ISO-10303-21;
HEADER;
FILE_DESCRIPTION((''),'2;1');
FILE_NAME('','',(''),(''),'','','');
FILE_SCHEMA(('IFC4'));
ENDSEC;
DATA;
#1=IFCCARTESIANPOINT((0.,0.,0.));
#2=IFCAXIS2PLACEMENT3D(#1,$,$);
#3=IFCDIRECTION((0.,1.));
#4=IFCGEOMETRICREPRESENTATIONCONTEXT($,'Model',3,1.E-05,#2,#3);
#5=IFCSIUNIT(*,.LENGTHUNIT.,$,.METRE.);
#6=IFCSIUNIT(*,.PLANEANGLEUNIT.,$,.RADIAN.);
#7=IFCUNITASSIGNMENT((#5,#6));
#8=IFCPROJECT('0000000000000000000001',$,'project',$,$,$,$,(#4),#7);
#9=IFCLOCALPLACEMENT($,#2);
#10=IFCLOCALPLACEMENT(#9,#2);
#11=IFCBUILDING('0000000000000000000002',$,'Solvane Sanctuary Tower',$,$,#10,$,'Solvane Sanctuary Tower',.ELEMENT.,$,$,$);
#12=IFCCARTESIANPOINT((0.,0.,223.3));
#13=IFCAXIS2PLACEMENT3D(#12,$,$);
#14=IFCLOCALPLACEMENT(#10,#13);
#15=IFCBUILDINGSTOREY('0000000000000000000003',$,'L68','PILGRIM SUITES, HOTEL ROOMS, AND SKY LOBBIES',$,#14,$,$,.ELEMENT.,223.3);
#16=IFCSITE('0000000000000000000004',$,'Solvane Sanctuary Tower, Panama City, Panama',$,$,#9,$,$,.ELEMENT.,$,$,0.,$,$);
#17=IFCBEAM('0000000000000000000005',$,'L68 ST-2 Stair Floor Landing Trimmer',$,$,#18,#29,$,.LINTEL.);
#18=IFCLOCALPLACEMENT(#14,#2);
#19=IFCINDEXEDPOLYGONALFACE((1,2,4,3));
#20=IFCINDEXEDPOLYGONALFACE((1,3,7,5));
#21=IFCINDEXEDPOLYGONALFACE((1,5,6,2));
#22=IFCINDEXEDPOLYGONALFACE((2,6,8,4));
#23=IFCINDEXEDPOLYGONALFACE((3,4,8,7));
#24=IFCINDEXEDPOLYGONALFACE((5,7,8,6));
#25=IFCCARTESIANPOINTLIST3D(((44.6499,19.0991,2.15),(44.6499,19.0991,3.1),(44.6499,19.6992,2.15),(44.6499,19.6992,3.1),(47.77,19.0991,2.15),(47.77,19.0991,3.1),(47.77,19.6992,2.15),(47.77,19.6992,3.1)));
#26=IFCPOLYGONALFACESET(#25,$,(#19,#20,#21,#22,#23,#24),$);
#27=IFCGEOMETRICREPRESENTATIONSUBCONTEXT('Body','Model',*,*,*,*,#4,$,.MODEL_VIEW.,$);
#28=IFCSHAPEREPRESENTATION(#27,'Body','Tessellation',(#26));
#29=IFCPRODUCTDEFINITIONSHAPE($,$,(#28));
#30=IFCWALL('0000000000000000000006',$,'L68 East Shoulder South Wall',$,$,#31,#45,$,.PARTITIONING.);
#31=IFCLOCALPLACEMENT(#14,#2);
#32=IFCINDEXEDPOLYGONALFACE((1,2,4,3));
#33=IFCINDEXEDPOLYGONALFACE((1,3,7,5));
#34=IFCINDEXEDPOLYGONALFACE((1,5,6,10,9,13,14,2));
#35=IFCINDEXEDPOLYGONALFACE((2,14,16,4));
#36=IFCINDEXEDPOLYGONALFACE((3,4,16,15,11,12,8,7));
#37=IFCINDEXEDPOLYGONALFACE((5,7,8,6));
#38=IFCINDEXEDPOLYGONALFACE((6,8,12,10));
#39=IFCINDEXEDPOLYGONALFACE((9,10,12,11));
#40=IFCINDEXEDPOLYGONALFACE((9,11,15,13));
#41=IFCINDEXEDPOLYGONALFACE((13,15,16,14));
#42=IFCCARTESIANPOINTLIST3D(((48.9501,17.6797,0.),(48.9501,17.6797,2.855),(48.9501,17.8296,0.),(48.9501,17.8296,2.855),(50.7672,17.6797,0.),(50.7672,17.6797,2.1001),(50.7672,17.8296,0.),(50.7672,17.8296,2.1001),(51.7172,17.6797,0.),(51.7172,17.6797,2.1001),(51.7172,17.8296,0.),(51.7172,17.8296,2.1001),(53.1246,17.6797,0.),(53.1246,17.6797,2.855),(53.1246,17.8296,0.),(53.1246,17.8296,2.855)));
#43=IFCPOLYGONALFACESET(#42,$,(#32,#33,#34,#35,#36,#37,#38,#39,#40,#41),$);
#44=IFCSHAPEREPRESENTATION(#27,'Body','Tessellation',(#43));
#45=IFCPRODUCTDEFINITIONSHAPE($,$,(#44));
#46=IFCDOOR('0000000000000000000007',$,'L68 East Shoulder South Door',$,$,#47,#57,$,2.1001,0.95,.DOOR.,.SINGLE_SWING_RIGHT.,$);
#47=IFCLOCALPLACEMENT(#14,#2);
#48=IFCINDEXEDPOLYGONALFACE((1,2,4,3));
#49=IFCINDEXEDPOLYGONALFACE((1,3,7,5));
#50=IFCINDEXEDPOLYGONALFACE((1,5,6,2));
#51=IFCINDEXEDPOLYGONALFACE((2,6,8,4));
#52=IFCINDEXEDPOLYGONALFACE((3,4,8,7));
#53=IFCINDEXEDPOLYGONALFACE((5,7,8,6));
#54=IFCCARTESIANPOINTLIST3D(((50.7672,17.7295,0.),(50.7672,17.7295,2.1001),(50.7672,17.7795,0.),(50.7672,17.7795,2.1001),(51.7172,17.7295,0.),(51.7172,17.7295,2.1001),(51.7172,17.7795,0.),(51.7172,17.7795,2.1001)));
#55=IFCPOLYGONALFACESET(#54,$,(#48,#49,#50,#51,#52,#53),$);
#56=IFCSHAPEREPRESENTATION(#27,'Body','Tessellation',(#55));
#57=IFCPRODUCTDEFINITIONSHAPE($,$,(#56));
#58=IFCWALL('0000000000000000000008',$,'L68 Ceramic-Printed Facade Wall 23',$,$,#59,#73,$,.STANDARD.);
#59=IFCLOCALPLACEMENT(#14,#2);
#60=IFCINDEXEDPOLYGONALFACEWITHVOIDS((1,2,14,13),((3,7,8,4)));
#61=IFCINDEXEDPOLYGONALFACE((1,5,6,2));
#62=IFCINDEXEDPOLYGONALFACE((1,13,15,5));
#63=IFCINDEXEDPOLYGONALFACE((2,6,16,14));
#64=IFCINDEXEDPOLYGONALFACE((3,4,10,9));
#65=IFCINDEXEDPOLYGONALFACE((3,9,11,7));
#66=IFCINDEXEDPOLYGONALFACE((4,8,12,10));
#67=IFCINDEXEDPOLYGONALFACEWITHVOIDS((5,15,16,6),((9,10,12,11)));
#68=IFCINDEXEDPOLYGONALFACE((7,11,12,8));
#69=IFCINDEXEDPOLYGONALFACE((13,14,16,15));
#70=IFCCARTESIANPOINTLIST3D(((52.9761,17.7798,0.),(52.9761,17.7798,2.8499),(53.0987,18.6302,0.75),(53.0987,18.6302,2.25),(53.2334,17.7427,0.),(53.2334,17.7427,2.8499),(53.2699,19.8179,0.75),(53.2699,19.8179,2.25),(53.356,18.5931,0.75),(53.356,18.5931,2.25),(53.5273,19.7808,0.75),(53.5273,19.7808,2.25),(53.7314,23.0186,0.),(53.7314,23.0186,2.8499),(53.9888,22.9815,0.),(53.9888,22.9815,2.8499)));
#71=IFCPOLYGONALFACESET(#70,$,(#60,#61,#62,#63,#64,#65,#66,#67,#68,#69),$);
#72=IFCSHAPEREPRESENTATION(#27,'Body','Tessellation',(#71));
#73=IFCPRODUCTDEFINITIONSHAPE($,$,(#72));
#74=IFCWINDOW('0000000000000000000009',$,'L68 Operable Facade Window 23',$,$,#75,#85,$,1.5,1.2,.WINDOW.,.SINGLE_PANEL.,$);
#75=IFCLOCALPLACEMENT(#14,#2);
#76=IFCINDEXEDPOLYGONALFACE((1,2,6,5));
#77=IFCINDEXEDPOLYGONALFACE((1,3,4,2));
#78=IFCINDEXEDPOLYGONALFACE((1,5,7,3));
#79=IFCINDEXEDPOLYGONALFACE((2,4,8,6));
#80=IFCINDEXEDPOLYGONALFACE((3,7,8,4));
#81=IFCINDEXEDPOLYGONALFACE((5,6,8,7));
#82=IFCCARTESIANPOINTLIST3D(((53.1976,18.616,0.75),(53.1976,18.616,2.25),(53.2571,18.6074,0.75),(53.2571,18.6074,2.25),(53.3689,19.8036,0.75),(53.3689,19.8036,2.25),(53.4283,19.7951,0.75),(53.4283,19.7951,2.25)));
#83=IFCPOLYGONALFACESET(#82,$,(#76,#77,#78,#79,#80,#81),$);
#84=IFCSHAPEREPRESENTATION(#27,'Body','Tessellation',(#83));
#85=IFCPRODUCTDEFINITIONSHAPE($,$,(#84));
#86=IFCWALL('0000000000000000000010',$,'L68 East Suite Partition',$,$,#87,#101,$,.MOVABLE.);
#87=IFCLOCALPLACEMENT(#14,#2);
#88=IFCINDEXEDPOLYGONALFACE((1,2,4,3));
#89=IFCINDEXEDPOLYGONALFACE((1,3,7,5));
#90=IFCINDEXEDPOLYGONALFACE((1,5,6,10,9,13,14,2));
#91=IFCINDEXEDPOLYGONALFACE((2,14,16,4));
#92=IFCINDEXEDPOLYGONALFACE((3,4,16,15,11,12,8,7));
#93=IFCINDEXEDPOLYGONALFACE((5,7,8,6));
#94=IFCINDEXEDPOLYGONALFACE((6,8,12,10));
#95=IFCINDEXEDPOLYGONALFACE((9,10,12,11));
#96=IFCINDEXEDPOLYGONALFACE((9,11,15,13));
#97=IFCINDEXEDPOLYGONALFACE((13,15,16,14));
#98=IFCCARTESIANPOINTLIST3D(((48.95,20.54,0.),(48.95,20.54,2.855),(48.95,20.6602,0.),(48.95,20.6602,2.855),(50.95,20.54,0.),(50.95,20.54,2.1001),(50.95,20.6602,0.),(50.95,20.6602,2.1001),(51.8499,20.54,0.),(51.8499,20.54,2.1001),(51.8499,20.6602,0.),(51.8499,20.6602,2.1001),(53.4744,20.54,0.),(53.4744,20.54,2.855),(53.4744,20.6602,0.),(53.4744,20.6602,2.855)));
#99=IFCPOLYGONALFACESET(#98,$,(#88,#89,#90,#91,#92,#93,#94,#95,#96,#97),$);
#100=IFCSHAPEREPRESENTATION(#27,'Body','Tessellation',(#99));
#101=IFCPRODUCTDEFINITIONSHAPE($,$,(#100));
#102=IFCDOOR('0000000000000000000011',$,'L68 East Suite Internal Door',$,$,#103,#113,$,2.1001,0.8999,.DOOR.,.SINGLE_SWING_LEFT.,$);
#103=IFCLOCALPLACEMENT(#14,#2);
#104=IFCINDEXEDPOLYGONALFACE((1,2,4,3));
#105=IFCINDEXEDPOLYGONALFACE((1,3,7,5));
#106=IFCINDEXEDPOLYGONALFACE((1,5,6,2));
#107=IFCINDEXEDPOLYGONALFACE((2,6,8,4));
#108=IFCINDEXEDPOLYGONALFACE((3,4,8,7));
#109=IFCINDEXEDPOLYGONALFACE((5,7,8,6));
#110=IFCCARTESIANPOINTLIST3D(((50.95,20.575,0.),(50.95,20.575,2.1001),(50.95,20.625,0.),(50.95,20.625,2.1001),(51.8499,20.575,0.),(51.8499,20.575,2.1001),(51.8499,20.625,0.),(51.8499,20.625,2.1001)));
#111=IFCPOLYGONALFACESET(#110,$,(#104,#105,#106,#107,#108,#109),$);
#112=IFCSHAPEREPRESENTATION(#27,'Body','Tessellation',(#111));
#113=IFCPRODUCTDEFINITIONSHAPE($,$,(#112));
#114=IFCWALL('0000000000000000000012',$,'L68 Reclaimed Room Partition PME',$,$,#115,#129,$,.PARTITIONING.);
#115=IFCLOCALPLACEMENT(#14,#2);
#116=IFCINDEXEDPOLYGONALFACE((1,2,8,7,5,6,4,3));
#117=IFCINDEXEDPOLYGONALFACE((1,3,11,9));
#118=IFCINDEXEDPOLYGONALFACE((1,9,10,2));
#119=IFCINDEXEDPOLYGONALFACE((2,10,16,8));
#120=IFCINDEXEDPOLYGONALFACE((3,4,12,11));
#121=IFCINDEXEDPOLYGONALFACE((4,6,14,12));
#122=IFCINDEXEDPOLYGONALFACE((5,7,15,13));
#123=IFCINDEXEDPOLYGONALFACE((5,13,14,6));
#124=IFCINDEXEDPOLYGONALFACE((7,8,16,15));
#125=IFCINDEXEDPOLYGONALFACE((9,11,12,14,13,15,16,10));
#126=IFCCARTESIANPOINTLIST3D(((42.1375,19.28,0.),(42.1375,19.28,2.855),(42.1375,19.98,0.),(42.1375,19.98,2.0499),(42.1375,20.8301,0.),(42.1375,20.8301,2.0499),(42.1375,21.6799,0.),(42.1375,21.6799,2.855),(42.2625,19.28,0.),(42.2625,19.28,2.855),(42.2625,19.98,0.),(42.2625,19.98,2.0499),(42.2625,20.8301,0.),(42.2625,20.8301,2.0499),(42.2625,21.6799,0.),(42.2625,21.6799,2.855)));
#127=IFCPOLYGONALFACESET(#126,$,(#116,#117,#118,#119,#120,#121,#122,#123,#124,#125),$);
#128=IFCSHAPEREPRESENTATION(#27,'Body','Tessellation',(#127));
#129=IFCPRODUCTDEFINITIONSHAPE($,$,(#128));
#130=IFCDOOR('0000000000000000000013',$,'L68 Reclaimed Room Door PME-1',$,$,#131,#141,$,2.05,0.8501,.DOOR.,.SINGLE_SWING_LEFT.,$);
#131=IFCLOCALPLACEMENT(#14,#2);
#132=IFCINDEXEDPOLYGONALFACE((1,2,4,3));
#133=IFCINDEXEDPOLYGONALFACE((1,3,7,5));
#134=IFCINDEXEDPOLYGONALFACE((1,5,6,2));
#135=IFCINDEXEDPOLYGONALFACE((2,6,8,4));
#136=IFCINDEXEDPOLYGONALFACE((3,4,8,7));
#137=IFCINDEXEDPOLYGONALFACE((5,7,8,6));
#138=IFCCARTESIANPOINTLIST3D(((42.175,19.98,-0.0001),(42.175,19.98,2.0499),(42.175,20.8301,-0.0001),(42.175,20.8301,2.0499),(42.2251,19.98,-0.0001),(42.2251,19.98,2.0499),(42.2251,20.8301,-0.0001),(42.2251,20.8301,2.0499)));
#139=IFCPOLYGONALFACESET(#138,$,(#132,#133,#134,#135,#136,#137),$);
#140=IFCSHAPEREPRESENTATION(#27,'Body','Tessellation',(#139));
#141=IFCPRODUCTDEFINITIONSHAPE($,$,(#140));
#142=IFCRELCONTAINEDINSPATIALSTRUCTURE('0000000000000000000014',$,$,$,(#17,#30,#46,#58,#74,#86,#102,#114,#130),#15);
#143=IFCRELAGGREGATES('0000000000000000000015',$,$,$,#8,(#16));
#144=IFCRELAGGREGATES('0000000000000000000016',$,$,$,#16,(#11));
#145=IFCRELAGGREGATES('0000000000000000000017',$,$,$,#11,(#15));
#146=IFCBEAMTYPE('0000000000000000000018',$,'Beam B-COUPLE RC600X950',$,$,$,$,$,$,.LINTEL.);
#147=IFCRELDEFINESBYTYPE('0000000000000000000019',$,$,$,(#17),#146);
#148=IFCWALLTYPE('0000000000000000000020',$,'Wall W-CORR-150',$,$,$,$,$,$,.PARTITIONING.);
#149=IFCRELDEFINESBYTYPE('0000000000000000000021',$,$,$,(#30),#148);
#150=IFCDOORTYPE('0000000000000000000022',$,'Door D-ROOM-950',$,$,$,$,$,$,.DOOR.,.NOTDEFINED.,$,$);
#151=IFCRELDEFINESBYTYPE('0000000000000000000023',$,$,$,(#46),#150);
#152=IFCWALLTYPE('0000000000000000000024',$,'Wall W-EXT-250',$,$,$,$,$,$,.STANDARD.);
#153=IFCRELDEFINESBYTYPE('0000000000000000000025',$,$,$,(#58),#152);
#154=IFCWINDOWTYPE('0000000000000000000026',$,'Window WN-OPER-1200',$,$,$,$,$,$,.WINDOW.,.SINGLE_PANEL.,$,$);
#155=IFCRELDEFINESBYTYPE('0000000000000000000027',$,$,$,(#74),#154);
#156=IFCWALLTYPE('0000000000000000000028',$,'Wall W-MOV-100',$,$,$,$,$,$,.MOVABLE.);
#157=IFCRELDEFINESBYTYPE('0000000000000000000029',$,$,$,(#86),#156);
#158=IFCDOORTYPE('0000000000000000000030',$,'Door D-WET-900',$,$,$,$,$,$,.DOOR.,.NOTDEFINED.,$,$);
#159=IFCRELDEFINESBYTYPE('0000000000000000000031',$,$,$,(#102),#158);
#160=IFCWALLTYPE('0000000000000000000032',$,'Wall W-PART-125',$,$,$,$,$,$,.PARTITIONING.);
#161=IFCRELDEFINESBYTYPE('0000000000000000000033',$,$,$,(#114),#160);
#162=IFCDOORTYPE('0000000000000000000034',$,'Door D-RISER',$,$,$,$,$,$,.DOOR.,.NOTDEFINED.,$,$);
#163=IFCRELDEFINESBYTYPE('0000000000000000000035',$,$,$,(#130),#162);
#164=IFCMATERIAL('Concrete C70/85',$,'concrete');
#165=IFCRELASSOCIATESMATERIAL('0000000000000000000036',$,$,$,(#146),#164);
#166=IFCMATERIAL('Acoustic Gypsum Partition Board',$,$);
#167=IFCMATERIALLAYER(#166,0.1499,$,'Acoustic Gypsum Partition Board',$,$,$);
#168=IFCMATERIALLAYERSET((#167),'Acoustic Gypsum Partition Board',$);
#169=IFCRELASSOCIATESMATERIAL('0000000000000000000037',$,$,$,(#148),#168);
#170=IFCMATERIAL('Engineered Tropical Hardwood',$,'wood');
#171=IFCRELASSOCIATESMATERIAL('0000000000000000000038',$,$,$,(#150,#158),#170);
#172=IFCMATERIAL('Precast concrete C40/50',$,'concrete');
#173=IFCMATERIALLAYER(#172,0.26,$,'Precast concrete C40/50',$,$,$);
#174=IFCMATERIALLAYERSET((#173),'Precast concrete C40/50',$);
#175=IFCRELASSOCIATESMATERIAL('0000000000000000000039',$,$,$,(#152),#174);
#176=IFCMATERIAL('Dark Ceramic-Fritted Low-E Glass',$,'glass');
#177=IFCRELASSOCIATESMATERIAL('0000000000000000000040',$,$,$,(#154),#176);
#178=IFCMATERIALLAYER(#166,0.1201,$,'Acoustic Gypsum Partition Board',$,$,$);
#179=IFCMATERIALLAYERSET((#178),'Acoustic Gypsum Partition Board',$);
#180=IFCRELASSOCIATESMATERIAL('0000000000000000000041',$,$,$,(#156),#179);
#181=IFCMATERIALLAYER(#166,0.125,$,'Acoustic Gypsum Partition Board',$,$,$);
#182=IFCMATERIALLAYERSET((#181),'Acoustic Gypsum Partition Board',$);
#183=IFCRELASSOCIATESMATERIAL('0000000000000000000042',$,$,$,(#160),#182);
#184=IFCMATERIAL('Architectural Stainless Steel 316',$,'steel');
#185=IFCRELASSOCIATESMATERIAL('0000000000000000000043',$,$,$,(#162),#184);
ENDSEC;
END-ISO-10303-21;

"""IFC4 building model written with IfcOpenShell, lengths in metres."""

from ifc_helpers import new_model, si_unit, direction, frame, frame_2d, origin, origin_2d, place, context, subcontext, project, spatial, rectangle, extrude, material, layer, layer_set, material_profile, profile_set, type_object, element, fill, save


model = new_model("IFC4")

# Units and contexts
model_context = context("Model", 3, precision=1e-05, world=origin(), true_north=direction((0.0, 1.0)))
body_context = subcontext(model_context, "Body", "Model", "MODEL_VIEW")
ifc_project = project(units=[si_unit("LENGTHUNIT", "METRE"), si_unit("PLANEANGLEUNIT", "RADIAN")], contexts=[model_context])

# Site, building, storey
site_placement = place(None, origin())
site = spatial("IfcSite", under=ifc_project, at=site_placement, Name="Solvane Sanctuary Tower, Panama City, Panama", CompositionType="ELEMENT", RefElevation=0.0)
building_placement = place(site_placement, origin())
building = spatial("IfcBuilding", under=site, at=building_placement, Name="Solvane Sanctuary Tower", LongName="Solvane Sanctuary Tower", CompositionType="ELEMENT")
storey_placement = place(building_placement, frame((0.0, 0.0, 223.3)))
storey = spatial("IfcBuildingStorey", under=building, at=storey_placement, Name="L68", Description="PILGRIM SUITES, HOTEL ROOMS, AND SKY LOBBIES", CompositionType="ELEMENT", Elevation=223.3)

# Beam
ifc_material_1 = material(Name="Concrete C70/85", Category="concrete")
ifc_material_profile = material_profile(ifc_material_1, rectangle(XDim=0.6001, YDim=0.95, at=origin_2d()), Name="RC600X950")
ifc_profile_set = profile_set([ifc_material_profile], Name="Concrete C70/85")
beam_type = type_object("IfcBeamType", Name="Beam B-COUPLE RC600X950", PredefinedType="LINTEL", material=ifc_profile_set)
beam_placement = place(storey_placement, frame((44.6499, 19.3992, 2.625), z_axis=(1.0, 0.0, 0.0), x_axis=(0.0, 1.0, 0.0)))
element("IfcBeam", 1, at=beam_placement, inside=storey, type_object=beam_type, Name="L68 ST-2 Stair Floor Landing Trimmer", PredefinedType="LINTEL", context=body_context, shape_type="SweptSolid", body=[
    extrude(rectangle(XDim=0.6001, YDim=0.95, at=origin_2d()), origin(), (0.0, 0.0, 1.0), 3.1201),
])

# Wall, opening, door
ifc_material_2 = material(Name="Acoustic Gypsum Partition Board")
ifc_layer_1 = layer(ifc_material_2, 0.1499, Name="Acoustic Gypsum Partition Board")
ifc_layer_set_1 = layer_set([ifc_layer_1], Name="Acoustic Gypsum Partition Board")
wall_type_1 = type_object("IfcWallType", Name="Wall W-CORR-150", PredefinedType="PARTITIONING", material=ifc_layer_set_1)
wall_1_placement = place(storey_placement, frame((48.95, 17.7546, 0.0), z_axis=(0.0, 0.0, 1.0), x_axis=(1.0, 0.0, 0.0)))
wall_1 = element("IfcWall", 2, at=wall_1_placement, inside=storey, type_object=wall_type_1, Name="L68 East Shoulder South Wall", PredefinedType="PARTITIONING", context=body_context, shape_type="SweptSolid", body=[
    extrude(rectangle(XDim=4.1746, YDim=0.1499, at=frame_2d((2.0874, 0.0))), origin(), (0.0, 0.0, 1.0), 2.855),
])
opening_1_placement = place(wall_1_placement, frame((1.8171, 0.0, 0.0)))
opening_1 = element("IfcOpeningElement", 3, at=opening_1_placement, cuts=wall_1, PredefinedType="OPENING", context=body_context, shape_type="SweptSolid", body=[
    extrude(rectangle(XDim=0.95, YDim=2.1001, at=frame_2d((0.4751, 1.05))), frame((0.0, 0.085, 0.0), z_axis=(0.0, -1.0, 0.0), x_axis=(1.0, 0.0, 0.0)), (0.0, 0.0, 1.0), 0.1699),
])
ifc_material_3 = material(Name="Engineered Tropical Hardwood", Category="wood")
door_type_1 = type_object("IfcDoorType", Name="Door D-ROOM-950", OperationType="NOTDEFINED", PredefinedType="DOOR", material=ifc_material_3)
door_1_placement = place(opening_1_placement, origin())
door_1 = element("IfcDoor", 4, at=door_1_placement, inside=storey, type_object=door_type_1, Name="L68 East Shoulder South Door", OperationType="SINGLE_SWING_RIGHT", OverallHeight=2.1001, OverallWidth=0.95, PredefinedType="DOOR", context=body_context, shape_type="SweptSolid", body=[
    extrude(rectangle(XDim=0.95, YDim=2.1001, at=frame_2d((0.4751, 1.05))), frame((0.0, 0.0249, 0.0), z_axis=(0.0, -1.0, 0.0), x_axis=(1.0, 0.0, 0.0)), (0.0, 0.0, 1.0), 0.05),
])
fill(opening_1, door_1)

# Wall, opening, window
ifc_material_4 = material(Name="Precast concrete C40/50", Category="concrete")
ifc_layer_2 = layer(ifc_material_4, 0.26, Name="Precast concrete C40/50")
ifc_layer_set_2 = layer_set([ifc_layer_2], Name="Precast concrete C40/50")
wall_type_2 = type_object("IfcWallType", Name="Wall W-EXT-250", PredefinedType="STANDARD", material=ifc_layer_set_2)
wall_2_placement = place(storey_placement, frame((53.1047, 17.7612, 0.0), z_axis=(0.0, 0.0, 1.0), x_axis=(0.142713, 0.989764, 0.0)))
wall_2 = element("IfcWall", 5, at=wall_2_placement, inside=storey, type_object=wall_type_2, Name="L68 Ceramic-Printed Facade Wall 23", PredefinedType="STANDARD", context=body_context, shape_type="SweptSolid", body=[
    extrude(rectangle(XDim=5.293, YDim=0.26, at=frame_2d((2.6465, 0.0))), origin(), (0.0, 0.0, 1.0), 2.8499),
])
opening_2_placement = place(wall_2_placement, frame((0.8591, 0.0, 0.75)))
opening_2 = element("IfcOpeningElement", 6, at=opening_2_placement, cuts=wall_2, PredefinedType="OPENING", context=body_context, shape_type="SweptSolid", body=[
    extrude(rectangle(XDim=1.2, YDim=1.5, at=frame_2d((0.6001, 0.75))), frame((0.0, 0.1399, 0.0), z_axis=(0.0, -1.0, 0.0), x_axis=(1.0, 0.0, 0.0)), (0.0, 0.0, 1.0), 0.28),
])
ifc_material_5 = material(Name="Dark Ceramic-Fritted Low-E Glass", Category="glass")
window_type = type_object("IfcWindowType", Name="Window WN-OPER-1200", PartitioningType="SINGLE_PANEL", PredefinedType="WINDOW", material=ifc_material_5)
window_placement = place(opening_2_placement, origin())
window = element("IfcWindow", 7, at=window_placement, inside=storey, type_object=window_type, Name="L68 Operable Facade Window 23", OverallHeight=1.5, OverallWidth=1.2, PartitioningType="SINGLE_PANEL", PredefinedType="WINDOW", context=body_context, shape_type="SweptSolid", body=[
    extrude(rectangle(XDim=1.2, YDim=1.5, at=frame_2d((0.6001, 0.75))), frame((0.0, 0.03, 0.0), z_axis=(0.0, -1.0, 0.0), x_axis=(1.0, 0.0, 0.0)), (0.0, 0.0, 1.0), 0.0601),
])
fill(opening_2, window)

# Walls, openings, doors
ifc_layer_3 = layer(ifc_material_2, 0.1201, Name="Acoustic Gypsum Partition Board")
ifc_layer_set_3 = layer_set([ifc_layer_3], Name="Acoustic Gypsum Partition Board")
wall_type_3 = type_object("IfcWallType", Name="Wall W-MOV-100", PredefinedType="MOVABLE", material=ifc_layer_set_3)
wall_3_placement = place(storey_placement, frame((48.95, 20.6001, 0.0), z_axis=(0.0, 0.0, 1.0), x_axis=(1.0, 0.0, 0.0)))
wall_3 = element("IfcWall", 8, at=wall_3_placement, inside=storey, type_object=wall_type_3, Name="L68 East Suite Partition", PredefinedType="MOVABLE", context=body_context, shape_type="SweptSolid", body=[
    extrude(rectangle(XDim=4.5244, YDim=0.1201, at=frame_2d((2.2622, 0.0))), origin(), (0.0, 0.0, 1.0), 2.855),
])
opening_3_placement = place(wall_3_placement, frame((2.0, 0.0, 0.0)))
opening_3 = element("IfcOpeningElement", 9, at=opening_3_placement, cuts=wall_3, PredefinedType="OPENING", context=body_context, shape_type="SweptSolid", body=[
    extrude(rectangle(XDim=0.8999, YDim=2.1001, at=frame_2d((0.45, 1.05))), frame((0.0, 0.0701, 0.0), z_axis=(0.0, -1.0, 0.0), x_axis=(1.0, 0.0, 0.0)), (0.0, 0.0, 1.0), 0.1401),
])
door_type_2 = type_object("IfcDoorType", Name="Door D-WET-900", OperationType="NOTDEFINED", PredefinedType="DOOR", material=ifc_material_3)
door_2_placement = place(opening_3_placement, origin())
door_2 = element("IfcDoor", 10, at=door_2_placement, inside=storey, type_object=door_type_2, Name="L68 East Suite Internal Door", OperationType="SINGLE_SWING_LEFT", OverallHeight=2.1001, OverallWidth=0.8999, PredefinedType="DOOR", context=body_context, shape_type="SweptSolid", body=[
    extrude(rectangle(XDim=0.8999, YDim=2.1001, at=frame_2d((0.45, 1.05))), frame((0.0, 0.0249, 0.0), z_axis=(0.0, -1.0, 0.0), x_axis=(1.0, 0.0, 0.0)), (0.0, 0.0, 1.0), 0.05),
])
fill(opening_3, door_2)
ifc_layer_4 = layer(ifc_material_2, 0.125, Name="Acoustic Gypsum Partition Board")
ifc_layer_set_4 = layer_set([ifc_layer_4], Name="Acoustic Gypsum Partition Board")
wall_type_4 = type_object("IfcWallType", Name="Wall W-PART-125", PredefinedType="PARTITIONING", material=ifc_layer_set_4)
wall_4_placement = place(storey_placement, frame((42.2, 19.28, 0.0), z_axis=(0.0, 0.0, 1.0), x_axis=(0.0, 1.0, 0.0)))
wall_4 = element("IfcWall", 11, at=wall_4_placement, inside=storey, type_object=wall_type_4, Name="L68 Reclaimed Room Partition PME", PredefinedType="PARTITIONING", context=body_context, shape_type="SweptSolid", body=[
    extrude(rectangle(XDim=2.3999, YDim=0.125, at=frame_2d((1.2, 0.0))), origin(), (0.0, 0.0, 1.0), 2.855),
])
opening_4_placement = place(wall_4_placement, frame((0.7, 0.0, 0.0)))
opening_4 = element("IfcOpeningElement", 12, at=opening_4_placement, cuts=wall_4, PredefinedType="OPENING", context=body_context, shape_type="SweptSolid", body=[
    extrude(rectangle(XDim=0.8501, YDim=2.05, at=frame_2d((0.425, 1.0249))), frame((0.0, 0.0725, 0.0), z_axis=(0.0, -1.0, 0.0), x_axis=(1.0, 0.0, 0.0)), (0.0, 0.0, 1.0), 0.145),
])
ifc_material_6 = material(Name="Architectural Stainless Steel 316", Category="steel")
door_type_3 = type_object("IfcDoorType", Name="Door D-RISER", OperationType="NOTDEFINED", PredefinedType="DOOR", material=ifc_material_6)
door_3_placement = place(opening_4_placement, origin())
door_3 = element("IfcDoor", 13, at=door_3_placement, inside=storey, type_object=door_type_3, Name="L68 Reclaimed Room Door PME-1", OperationType="SINGLE_SWING_LEFT", OverallHeight=2.05, OverallWidth=0.8501, PredefinedType="DOOR", context=body_context, shape_type="SweptSolid", body=[
    extrude(rectangle(XDim=0.8501, YDim=2.05, at=frame_2d((0.425, 1.0249))), frame((0.0, 0.0249, 0.0), z_axis=(0.0, -1.0, 0.0), x_axis=(1.0, 0.0, 0.0)), (0.0, 0.0, 1.0), 0.05),
])
fill(opening_4, door_3)

save(model, "model.ifc")
